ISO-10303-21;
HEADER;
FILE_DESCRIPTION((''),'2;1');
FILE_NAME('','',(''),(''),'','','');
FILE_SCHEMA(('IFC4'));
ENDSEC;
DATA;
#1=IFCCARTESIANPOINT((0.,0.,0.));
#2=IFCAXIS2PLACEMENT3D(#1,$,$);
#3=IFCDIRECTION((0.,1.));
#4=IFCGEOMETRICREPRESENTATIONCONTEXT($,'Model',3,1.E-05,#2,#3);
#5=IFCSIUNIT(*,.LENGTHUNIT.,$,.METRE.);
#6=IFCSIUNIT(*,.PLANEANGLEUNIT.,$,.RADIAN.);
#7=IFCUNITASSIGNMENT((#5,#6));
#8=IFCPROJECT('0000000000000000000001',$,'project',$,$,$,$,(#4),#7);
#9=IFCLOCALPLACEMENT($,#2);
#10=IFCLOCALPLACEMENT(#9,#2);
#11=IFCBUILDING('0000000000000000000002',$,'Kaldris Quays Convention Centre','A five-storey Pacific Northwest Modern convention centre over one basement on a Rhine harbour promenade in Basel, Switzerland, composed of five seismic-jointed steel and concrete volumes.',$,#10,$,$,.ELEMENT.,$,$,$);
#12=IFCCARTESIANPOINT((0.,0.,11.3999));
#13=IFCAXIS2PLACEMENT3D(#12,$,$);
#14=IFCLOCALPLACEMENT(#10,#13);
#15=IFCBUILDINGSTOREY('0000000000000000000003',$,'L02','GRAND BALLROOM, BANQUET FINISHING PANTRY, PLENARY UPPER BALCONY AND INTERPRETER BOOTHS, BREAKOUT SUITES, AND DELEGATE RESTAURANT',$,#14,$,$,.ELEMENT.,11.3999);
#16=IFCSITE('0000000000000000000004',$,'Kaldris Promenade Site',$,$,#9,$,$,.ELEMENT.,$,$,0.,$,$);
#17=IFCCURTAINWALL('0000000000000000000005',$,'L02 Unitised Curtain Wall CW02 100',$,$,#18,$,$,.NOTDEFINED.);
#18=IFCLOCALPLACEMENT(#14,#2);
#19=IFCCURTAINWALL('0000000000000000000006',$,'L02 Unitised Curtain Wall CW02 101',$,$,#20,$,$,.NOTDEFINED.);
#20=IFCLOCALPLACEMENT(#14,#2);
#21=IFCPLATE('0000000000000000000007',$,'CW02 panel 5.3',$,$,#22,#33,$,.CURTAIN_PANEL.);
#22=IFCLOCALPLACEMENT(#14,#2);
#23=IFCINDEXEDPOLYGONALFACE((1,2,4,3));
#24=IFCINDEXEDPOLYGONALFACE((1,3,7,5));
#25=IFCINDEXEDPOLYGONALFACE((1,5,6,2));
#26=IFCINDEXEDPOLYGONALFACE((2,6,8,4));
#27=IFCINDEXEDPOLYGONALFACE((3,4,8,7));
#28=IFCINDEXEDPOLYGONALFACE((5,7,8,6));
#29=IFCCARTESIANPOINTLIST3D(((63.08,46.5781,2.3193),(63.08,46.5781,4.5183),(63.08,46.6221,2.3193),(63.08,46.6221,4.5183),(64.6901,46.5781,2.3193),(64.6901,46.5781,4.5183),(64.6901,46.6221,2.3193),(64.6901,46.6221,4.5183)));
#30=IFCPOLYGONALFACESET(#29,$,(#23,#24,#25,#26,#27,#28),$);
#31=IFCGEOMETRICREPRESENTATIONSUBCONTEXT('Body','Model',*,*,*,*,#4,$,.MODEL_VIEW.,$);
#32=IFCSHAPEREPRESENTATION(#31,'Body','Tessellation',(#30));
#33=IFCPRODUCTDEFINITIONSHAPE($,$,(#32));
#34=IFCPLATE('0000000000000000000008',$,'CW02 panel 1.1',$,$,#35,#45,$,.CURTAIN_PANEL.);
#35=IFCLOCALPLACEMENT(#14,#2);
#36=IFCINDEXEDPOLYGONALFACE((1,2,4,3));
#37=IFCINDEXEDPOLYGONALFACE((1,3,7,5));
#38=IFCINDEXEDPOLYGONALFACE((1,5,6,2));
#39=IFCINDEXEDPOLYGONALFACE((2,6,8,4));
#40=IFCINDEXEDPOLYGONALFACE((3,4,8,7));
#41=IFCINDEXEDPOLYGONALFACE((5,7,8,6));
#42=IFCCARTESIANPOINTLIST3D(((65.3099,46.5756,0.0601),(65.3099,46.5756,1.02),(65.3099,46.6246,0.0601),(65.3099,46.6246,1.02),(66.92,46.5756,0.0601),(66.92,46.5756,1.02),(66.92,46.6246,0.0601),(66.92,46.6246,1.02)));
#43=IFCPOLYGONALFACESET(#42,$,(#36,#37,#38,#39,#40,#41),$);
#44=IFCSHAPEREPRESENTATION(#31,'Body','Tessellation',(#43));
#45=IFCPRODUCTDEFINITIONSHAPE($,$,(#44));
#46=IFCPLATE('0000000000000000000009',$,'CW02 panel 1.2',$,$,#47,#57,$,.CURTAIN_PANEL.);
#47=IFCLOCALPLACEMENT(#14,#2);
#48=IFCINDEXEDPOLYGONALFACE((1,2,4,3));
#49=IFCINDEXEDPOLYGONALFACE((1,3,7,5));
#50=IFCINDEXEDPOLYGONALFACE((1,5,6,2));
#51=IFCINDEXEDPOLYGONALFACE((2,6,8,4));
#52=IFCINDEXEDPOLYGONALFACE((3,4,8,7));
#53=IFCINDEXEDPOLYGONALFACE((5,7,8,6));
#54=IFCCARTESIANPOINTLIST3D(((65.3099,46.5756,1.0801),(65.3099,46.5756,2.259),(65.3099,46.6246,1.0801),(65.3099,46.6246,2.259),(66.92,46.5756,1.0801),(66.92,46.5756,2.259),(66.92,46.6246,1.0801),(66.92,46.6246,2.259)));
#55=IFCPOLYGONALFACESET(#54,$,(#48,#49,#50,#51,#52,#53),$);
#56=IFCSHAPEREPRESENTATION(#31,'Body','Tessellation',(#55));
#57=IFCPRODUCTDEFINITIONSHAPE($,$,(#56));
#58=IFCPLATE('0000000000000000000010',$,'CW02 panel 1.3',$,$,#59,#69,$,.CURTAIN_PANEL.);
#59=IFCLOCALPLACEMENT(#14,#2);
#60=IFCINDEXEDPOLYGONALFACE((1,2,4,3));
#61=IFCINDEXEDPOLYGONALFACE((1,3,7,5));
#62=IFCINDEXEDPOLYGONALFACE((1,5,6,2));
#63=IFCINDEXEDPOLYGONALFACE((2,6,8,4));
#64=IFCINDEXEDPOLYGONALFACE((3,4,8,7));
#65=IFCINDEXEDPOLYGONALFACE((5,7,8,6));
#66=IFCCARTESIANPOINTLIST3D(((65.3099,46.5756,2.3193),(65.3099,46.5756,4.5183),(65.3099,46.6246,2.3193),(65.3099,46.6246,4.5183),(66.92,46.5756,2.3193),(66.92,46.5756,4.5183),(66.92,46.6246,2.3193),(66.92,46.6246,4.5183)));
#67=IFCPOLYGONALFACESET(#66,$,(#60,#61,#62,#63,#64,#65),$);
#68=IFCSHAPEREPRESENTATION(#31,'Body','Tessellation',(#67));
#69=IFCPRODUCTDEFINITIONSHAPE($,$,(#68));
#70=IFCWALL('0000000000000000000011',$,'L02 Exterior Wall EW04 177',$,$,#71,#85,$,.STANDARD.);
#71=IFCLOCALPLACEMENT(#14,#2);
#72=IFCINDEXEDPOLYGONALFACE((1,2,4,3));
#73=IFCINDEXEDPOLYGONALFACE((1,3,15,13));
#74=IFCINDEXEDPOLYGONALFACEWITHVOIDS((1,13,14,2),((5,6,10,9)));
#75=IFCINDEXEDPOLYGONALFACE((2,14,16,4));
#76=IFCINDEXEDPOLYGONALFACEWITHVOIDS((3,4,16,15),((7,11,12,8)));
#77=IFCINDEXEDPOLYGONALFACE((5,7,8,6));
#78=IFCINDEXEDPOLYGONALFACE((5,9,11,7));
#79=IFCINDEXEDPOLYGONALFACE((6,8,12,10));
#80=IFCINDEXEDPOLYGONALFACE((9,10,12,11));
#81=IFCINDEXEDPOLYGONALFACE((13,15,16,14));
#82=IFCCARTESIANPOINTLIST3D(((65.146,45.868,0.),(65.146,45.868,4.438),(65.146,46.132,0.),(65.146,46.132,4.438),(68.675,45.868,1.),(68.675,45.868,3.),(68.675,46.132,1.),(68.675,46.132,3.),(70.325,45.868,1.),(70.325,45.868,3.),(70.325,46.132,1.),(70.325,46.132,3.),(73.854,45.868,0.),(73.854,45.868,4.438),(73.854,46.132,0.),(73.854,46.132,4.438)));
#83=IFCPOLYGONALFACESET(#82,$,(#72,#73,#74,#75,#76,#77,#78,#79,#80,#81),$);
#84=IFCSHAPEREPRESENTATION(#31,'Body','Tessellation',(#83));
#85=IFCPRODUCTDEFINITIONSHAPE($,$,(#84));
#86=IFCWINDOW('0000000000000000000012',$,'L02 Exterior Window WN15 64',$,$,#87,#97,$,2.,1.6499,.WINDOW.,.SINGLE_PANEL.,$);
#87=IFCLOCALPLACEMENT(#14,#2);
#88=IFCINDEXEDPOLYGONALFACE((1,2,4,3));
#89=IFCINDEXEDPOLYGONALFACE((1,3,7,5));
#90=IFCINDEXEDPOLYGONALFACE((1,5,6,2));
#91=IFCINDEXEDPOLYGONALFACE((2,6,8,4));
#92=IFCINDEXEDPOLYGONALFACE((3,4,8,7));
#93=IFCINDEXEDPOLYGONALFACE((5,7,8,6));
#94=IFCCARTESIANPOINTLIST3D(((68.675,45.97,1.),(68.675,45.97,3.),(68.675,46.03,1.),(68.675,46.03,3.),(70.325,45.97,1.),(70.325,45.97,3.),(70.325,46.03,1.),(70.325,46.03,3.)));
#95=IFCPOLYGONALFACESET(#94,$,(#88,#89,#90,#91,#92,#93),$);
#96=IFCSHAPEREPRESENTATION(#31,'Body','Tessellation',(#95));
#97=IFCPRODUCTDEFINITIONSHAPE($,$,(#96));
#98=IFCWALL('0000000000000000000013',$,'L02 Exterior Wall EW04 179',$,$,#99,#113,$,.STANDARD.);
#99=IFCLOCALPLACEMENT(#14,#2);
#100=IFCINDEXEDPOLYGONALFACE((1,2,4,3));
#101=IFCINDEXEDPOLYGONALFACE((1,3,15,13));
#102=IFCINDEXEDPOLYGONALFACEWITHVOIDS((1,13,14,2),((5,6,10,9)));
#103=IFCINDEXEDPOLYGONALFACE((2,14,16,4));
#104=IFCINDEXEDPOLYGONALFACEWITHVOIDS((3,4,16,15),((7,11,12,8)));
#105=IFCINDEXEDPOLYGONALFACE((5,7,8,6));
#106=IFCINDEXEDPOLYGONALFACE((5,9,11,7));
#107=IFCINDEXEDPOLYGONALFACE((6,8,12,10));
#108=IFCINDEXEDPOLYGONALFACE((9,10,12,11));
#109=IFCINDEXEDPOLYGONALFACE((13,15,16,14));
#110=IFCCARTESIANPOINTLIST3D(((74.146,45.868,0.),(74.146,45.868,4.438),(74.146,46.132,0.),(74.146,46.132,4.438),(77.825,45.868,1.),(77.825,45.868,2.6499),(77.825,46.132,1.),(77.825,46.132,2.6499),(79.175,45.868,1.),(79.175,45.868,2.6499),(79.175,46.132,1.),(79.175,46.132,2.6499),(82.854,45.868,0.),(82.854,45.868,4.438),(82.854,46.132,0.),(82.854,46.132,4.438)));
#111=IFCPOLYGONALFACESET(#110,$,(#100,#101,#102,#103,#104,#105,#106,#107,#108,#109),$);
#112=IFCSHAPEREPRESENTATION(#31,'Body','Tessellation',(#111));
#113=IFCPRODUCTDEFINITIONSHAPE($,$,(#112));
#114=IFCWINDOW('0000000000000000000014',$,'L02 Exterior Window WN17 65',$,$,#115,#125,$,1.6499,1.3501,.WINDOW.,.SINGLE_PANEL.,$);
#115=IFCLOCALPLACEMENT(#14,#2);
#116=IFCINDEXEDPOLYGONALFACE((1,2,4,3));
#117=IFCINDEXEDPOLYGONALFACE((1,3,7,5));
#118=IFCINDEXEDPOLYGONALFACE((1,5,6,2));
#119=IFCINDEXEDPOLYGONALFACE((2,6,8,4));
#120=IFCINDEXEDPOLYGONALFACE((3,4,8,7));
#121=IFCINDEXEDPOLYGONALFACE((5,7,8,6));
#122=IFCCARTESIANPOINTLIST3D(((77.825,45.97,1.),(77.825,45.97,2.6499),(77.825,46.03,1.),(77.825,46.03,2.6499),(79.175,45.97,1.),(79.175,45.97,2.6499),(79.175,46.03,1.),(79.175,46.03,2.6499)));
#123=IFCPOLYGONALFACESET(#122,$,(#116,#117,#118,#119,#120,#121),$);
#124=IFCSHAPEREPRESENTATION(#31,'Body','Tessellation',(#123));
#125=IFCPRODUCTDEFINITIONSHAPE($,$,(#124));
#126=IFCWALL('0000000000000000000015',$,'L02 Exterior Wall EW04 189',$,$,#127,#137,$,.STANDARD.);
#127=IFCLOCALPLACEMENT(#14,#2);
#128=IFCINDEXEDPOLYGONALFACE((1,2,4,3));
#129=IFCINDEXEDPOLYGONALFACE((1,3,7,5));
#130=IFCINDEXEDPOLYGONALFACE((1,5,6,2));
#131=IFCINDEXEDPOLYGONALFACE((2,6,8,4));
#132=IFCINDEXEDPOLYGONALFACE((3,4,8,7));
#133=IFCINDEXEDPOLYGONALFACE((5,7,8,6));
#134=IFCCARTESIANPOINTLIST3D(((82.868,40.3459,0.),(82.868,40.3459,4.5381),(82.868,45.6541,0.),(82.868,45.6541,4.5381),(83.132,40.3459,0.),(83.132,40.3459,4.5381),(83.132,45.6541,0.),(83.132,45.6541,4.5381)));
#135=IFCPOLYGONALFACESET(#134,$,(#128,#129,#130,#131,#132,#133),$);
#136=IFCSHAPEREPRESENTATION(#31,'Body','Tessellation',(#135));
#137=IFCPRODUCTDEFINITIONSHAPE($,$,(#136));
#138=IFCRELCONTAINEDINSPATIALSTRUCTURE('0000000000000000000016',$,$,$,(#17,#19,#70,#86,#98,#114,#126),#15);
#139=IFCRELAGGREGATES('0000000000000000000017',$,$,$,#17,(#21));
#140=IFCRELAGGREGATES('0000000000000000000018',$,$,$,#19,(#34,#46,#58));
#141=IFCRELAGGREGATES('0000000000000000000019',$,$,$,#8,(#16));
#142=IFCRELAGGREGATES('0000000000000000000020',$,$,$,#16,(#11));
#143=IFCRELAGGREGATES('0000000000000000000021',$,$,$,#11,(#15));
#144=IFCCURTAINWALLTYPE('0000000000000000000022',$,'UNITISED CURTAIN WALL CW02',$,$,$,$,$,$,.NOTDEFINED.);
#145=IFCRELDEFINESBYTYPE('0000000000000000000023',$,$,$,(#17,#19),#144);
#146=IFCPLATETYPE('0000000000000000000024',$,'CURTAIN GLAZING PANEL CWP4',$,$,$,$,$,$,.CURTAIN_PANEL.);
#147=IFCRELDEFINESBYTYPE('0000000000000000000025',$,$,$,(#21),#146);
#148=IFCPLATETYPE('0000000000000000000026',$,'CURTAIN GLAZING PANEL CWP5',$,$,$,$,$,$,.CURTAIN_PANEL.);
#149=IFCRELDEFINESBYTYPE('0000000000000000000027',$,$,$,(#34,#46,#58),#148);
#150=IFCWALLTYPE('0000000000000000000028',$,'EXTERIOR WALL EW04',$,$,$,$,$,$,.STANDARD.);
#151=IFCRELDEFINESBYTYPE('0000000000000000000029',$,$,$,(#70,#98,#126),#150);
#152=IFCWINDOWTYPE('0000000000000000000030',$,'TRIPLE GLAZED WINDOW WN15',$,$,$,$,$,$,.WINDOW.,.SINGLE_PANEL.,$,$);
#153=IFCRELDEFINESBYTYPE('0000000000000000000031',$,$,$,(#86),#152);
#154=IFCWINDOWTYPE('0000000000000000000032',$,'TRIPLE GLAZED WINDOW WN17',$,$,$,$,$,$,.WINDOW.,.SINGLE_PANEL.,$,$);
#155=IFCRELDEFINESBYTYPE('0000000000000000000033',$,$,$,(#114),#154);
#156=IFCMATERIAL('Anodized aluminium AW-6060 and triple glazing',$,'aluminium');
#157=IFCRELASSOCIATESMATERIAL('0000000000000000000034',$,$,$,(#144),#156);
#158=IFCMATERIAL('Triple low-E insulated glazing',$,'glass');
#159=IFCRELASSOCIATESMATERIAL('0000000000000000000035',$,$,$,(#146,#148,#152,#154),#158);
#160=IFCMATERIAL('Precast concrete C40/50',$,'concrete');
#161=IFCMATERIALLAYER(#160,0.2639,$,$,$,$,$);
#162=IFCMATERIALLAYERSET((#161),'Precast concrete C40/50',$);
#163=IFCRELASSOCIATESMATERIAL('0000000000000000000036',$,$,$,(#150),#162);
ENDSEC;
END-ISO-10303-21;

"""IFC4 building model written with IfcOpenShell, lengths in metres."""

from ifc_helpers import new_model, si_unit, direction, frame, frame_2d, origin, origin_2d, place, context, subcontext, project, spatial, rectangle, extrude, material, layer, layer_set, type_object, element, fill, aggregate, save


model = new_model("IFC4")

# Units and contexts
model_context = context("Model", 3, precision=1e-05, world=origin(), true_north=direction((0.0, 1.0)))
body_context = subcontext(model_context, "Body", "Model", "MODEL_VIEW")
ifc_project = project(units=[si_unit("LENGTHUNIT", "METRE"), si_unit("PLANEANGLEUNIT", "RADIAN")], contexts=[model_context])

# Site, building, storey
site_placement = place(None, origin())
site = spatial("IfcSite", under=ifc_project, at=site_placement, Name="Kaldris Promenade Site", CompositionType="ELEMENT", RefElevation=0.0)
building_placement = place(site_placement, origin())
building = spatial("IfcBuilding", under=site, at=building_placement, Name="Kaldris Quays Convention Centre", Description="A five-storey Pacific Northwest Modern convention centre over one basement on a Rhine harbour promenade in Basel, Switzerland, composed of five seismic-jointed steel and concrete volumes.", CompositionType="ELEMENT")
storey_placement = place(building_placement, frame((0.0, 0.0, 11.3999)))
storey = spatial("IfcBuildingStorey", under=building, at=storey_placement, Name="L02", Description="GRAND BALLROOM, BANQUET FINISHING PANTRY, PLENARY UPPER BALCONY AND INTERPRETER BOOTHS, BREAKOUT SUITES, AND DELEGATE RESTAURANT", CompositionType="ELEMENT", Elevation=11.3999)

# Curtain walls
ifc_material_1 = material(Name="Anodized aluminium AW-6060 and triple glazing", Category="aluminium")
curtain_wall_type = type_object("IfcCurtainWallType", Name="UNITISED CURTAIN WALL CW02", PredefinedType="NOTDEFINED", material=ifc_material_1)
curtain_wall_1_placement = place(storey_placement, origin())
curtain_wall_1 = element("IfcCurtainWall", 1, at=curtain_wall_1_placement, inside=storey, type_object=curtain_wall_type, Name="L02 Unitised Curtain Wall CW02 100", PredefinedType="NOTDEFINED")
curtain_wall_2_placement = place(storey_placement, origin())
curtain_wall_2 = element("IfcCurtainWall", 2, at=curtain_wall_2_placement, inside=storey, type_object=curtain_wall_type, Name="L02 Unitised Curtain Wall CW02 101", PredefinedType="NOTDEFINED")

# Plates
ifc_material_2 = material(Name="Triple low-E insulated glazing", Category="glass")
plate_type_1 = type_object("IfcPlateType", Name="CURTAIN GLAZING PANEL CWP4", PredefinedType="CURTAIN_PANEL", material=ifc_material_2)
plate_1_placement = place(storey_placement, frame((63.885, 46.6001, 2.3193), z_axis=(0.0, 0.0, 1.0), x_axis=(1.0, 0.0, 0.0)))
plate_1 = element("IfcPlate", 3, at=plate_1_placement, type_object=plate_type_1, Name="CW02 panel 5.3", PredefinedType="CURTAIN_PANEL", context=body_context, shape_type="SweptSolid", body=[
    extrude(rectangle(XDim=1.6101, YDim=0.0439, at=origin_2d()), origin(), (0.0, 0.0, 1.0), 2.199),
])
aggregate(curtain_wall_1, [plate_1])
plate_type_2 = type_object("IfcPlateType", Name="CURTAIN GLAZING PANEL CWP5", PredefinedType="CURTAIN_PANEL", material=ifc_material_2)
plate_2_placement = place(storey_placement, frame((66.115, 46.6001, 0.0601), z_axis=(0.0, 0.0, 1.0), x_axis=(1.0, 0.0, 0.0)))
plate_2 = element("IfcPlate", 4, at=plate_2_placement, type_object=plate_type_2, Name="CW02 panel 1.1", PredefinedType="CURTAIN_PANEL", context=body_context, shape_type="SweptSolid", body=[
    extrude(rectangle(XDim=1.6101, YDim=0.0491, at=origin_2d()), origin(), (0.0, 0.0, 1.0), 0.96),
])
plate_3_placement = place(storey_placement, frame((66.115, 46.6001, 1.0801), z_axis=(0.0, 0.0, 1.0), x_axis=(1.0, 0.0, 0.0)))
plate_3 = element("IfcPlate", 5, at=plate_3_placement, type_object=plate_type_2, Name="CW02 panel 1.2", PredefinedType="CURTAIN_PANEL", context=body_context, shape_type="SweptSolid", body=[
    extrude(rectangle(XDim=1.6101, YDim=0.0491, at=origin_2d()), origin(), (0.0, 0.0, 1.0), 1.179),
])
plate_4_placement = place(storey_placement, frame((66.115, 46.6001, 2.3193), z_axis=(0.0, 0.0, 1.0), x_axis=(1.0, 0.0, 0.0)))
plate_4 = element("IfcPlate", 6, at=plate_4_placement, type_object=plate_type_2, Name="CW02 panel 1.3", PredefinedType="CURTAIN_PANEL", context=body_context, shape_type="SweptSolid", body=[
    extrude(rectangle(XDim=1.6101, YDim=0.0491, at=origin_2d()), origin(), (0.0, 0.0, 1.0), 2.199),
])
aggregate(curtain_wall_2, [plate_2, plate_3, plate_4])

# Walls, openings, windows
ifc_material_3 = material(Name="Precast concrete C40/50", Category="concrete")
ifc_layer = layer(ifc_material_3, 0.2639)
ifc_layer_set = layer_set([ifc_layer], Name="Precast concrete C40/50")
wall_type = type_object("IfcWallType", Name="EXTERIOR WALL EW04", PredefinedType="STANDARD", material=ifc_layer_set)
wall_1_placement = place(storey_placement, frame((65.146, 46.0, 0.0), z_axis=(0.0, 0.0, 1.0), x_axis=(1.0, 0.0, 0.0)))
wall_1 = element("IfcWall", 7, at=wall_1_placement, inside=storey, type_object=wall_type, Name="L02 Exterior Wall EW04 177", PredefinedType="STANDARD", context=body_context, shape_type="SweptSolid", body=[
    extrude(rectangle(XDim=8.708, YDim=0.2639, at=frame_2d((4.354, 0.0))), origin(), (0.0, 0.0, 1.0), 4.438),
])
opening_1_placement = place(wall_1_placement, frame((3.5291, 0.0, 1.0)))
opening_1 = element("IfcOpeningElement", 8, at=opening_1_placement, cuts=wall_1, PredefinedType="OPENING", context=body_context, shape_type="SweptSolid", body=[
    extrude(rectangle(XDim=1.6499, YDim=2.0, at=frame_2d((0.825, 1.0))), frame((0.0, 0.1421, 0.0), z_axis=(0.0, -1.0, 0.0), x_axis=(1.0, 0.0, 0.0)), (0.0, 0.0, 1.0), 0.2839),
])
window_type_1 = type_object("IfcWindowType", Name="TRIPLE GLAZED WINDOW WN15", PartitioningType="SINGLE_PANEL", PredefinedType="WINDOW", material=ifc_material_2)
window_1_placement = place(opening_1_placement, origin())
window_1 = element("IfcWindow", 9, at=window_1_placement, inside=storey, type_object=window_type_1, Name="L02 Exterior Window WN15 64", OverallHeight=2.0, OverallWidth=1.6499, PartitioningType="SINGLE_PANEL", PredefinedType="WINDOW", context=body_context, shape_type="SweptSolid", body=[
    extrude(rectangle(XDim=1.6499, YDim=2.0, at=frame_2d((0.825, 1.0))), frame((0.0, 0.03, 0.0), z_axis=(0.0, -1.0, 0.0), x_axis=(1.0, 0.0, 0.0)), (0.0, 0.0, 1.0), 0.0601),
])
fill(opening_1, window_1)
wall_2_placement = place(storey_placement, frame((74.146, 46.0, 0.0), z_axis=(0.0, 0.0, 1.0), x_axis=(1.0, 0.0, 0.0)))
wall_2 = element("IfcWall", 10, at=wall_2_placement, inside=storey, type_object=wall_type, Name="L02 Exterior Wall EW04 179", PredefinedType="STANDARD", context=body_context, shape_type="SweptSolid", body=[
    extrude(rectangle(XDim=8.708, YDim=0.2639, at=frame_2d((4.354, 0.0))), origin(), (0.0, 0.0, 1.0), 4.438),
])
opening_2_placement = place(wall_2_placement, frame((3.679, 0.0, 1.0)))
opening_2 = element("IfcOpeningElement", 11, at=opening_2_placement, cuts=wall_2, PredefinedType="OPENING", context=body_context, shape_type="SweptSolid", body=[
    extrude(rectangle(XDim=1.3501, YDim=1.6499, at=frame_2d((0.675, 0.825))), frame((0.0, 0.1421, 0.0), z_axis=(0.0, -1.0, 0.0), x_axis=(1.0, 0.0, 0.0)), (0.0, 0.0, 1.0), 0.2839),
])
window_type_2 = type_object("IfcWindowType", Name="TRIPLE GLAZED WINDOW WN17", PartitioningType="SINGLE_PANEL", PredefinedType="WINDOW", material=ifc_material_2)
window_2_placement = place(opening_2_placement, origin())
window_2 = element("IfcWindow", 12, at=window_2_placement, inside=storey, type_object=window_type_2, Name="L02 Exterior Window WN17 65", OverallHeight=1.6499, OverallWidth=1.3501, PartitioningType="SINGLE_PANEL", PredefinedType="WINDOW", context=body_context, shape_type="SweptSolid", body=[
    extrude(rectangle(XDim=1.3501, YDim=1.6499, at=frame_2d((0.675, 0.825))), frame((0.0, 0.03, 0.0), z_axis=(0.0, -1.0, 0.0), x_axis=(1.0, 0.0, 0.0)), (0.0, 0.0, 1.0), 0.0601),
])
fill(opening_2, window_2)

# Wall
wall_3_placement = place(storey_placement, frame((83.0, 40.3459, 0.0), z_axis=(0.0, 0.0, 1.0), x_axis=(0.0, 1.0, 0.0)))
element("IfcWall", 13, at=wall_3_placement, inside=storey, type_object=wall_type, Name="L02 Exterior Wall EW04 189", PredefinedType="STANDARD", context=body_context, shape_type="SweptSolid", body=[
    extrude(rectangle(XDim=5.3081, YDim=0.2639, at=frame_2d((2.6541, 0.0))), origin(), (0.0, 0.0, 1.0), 4.5381),
])

save(model, "model.ifc")
